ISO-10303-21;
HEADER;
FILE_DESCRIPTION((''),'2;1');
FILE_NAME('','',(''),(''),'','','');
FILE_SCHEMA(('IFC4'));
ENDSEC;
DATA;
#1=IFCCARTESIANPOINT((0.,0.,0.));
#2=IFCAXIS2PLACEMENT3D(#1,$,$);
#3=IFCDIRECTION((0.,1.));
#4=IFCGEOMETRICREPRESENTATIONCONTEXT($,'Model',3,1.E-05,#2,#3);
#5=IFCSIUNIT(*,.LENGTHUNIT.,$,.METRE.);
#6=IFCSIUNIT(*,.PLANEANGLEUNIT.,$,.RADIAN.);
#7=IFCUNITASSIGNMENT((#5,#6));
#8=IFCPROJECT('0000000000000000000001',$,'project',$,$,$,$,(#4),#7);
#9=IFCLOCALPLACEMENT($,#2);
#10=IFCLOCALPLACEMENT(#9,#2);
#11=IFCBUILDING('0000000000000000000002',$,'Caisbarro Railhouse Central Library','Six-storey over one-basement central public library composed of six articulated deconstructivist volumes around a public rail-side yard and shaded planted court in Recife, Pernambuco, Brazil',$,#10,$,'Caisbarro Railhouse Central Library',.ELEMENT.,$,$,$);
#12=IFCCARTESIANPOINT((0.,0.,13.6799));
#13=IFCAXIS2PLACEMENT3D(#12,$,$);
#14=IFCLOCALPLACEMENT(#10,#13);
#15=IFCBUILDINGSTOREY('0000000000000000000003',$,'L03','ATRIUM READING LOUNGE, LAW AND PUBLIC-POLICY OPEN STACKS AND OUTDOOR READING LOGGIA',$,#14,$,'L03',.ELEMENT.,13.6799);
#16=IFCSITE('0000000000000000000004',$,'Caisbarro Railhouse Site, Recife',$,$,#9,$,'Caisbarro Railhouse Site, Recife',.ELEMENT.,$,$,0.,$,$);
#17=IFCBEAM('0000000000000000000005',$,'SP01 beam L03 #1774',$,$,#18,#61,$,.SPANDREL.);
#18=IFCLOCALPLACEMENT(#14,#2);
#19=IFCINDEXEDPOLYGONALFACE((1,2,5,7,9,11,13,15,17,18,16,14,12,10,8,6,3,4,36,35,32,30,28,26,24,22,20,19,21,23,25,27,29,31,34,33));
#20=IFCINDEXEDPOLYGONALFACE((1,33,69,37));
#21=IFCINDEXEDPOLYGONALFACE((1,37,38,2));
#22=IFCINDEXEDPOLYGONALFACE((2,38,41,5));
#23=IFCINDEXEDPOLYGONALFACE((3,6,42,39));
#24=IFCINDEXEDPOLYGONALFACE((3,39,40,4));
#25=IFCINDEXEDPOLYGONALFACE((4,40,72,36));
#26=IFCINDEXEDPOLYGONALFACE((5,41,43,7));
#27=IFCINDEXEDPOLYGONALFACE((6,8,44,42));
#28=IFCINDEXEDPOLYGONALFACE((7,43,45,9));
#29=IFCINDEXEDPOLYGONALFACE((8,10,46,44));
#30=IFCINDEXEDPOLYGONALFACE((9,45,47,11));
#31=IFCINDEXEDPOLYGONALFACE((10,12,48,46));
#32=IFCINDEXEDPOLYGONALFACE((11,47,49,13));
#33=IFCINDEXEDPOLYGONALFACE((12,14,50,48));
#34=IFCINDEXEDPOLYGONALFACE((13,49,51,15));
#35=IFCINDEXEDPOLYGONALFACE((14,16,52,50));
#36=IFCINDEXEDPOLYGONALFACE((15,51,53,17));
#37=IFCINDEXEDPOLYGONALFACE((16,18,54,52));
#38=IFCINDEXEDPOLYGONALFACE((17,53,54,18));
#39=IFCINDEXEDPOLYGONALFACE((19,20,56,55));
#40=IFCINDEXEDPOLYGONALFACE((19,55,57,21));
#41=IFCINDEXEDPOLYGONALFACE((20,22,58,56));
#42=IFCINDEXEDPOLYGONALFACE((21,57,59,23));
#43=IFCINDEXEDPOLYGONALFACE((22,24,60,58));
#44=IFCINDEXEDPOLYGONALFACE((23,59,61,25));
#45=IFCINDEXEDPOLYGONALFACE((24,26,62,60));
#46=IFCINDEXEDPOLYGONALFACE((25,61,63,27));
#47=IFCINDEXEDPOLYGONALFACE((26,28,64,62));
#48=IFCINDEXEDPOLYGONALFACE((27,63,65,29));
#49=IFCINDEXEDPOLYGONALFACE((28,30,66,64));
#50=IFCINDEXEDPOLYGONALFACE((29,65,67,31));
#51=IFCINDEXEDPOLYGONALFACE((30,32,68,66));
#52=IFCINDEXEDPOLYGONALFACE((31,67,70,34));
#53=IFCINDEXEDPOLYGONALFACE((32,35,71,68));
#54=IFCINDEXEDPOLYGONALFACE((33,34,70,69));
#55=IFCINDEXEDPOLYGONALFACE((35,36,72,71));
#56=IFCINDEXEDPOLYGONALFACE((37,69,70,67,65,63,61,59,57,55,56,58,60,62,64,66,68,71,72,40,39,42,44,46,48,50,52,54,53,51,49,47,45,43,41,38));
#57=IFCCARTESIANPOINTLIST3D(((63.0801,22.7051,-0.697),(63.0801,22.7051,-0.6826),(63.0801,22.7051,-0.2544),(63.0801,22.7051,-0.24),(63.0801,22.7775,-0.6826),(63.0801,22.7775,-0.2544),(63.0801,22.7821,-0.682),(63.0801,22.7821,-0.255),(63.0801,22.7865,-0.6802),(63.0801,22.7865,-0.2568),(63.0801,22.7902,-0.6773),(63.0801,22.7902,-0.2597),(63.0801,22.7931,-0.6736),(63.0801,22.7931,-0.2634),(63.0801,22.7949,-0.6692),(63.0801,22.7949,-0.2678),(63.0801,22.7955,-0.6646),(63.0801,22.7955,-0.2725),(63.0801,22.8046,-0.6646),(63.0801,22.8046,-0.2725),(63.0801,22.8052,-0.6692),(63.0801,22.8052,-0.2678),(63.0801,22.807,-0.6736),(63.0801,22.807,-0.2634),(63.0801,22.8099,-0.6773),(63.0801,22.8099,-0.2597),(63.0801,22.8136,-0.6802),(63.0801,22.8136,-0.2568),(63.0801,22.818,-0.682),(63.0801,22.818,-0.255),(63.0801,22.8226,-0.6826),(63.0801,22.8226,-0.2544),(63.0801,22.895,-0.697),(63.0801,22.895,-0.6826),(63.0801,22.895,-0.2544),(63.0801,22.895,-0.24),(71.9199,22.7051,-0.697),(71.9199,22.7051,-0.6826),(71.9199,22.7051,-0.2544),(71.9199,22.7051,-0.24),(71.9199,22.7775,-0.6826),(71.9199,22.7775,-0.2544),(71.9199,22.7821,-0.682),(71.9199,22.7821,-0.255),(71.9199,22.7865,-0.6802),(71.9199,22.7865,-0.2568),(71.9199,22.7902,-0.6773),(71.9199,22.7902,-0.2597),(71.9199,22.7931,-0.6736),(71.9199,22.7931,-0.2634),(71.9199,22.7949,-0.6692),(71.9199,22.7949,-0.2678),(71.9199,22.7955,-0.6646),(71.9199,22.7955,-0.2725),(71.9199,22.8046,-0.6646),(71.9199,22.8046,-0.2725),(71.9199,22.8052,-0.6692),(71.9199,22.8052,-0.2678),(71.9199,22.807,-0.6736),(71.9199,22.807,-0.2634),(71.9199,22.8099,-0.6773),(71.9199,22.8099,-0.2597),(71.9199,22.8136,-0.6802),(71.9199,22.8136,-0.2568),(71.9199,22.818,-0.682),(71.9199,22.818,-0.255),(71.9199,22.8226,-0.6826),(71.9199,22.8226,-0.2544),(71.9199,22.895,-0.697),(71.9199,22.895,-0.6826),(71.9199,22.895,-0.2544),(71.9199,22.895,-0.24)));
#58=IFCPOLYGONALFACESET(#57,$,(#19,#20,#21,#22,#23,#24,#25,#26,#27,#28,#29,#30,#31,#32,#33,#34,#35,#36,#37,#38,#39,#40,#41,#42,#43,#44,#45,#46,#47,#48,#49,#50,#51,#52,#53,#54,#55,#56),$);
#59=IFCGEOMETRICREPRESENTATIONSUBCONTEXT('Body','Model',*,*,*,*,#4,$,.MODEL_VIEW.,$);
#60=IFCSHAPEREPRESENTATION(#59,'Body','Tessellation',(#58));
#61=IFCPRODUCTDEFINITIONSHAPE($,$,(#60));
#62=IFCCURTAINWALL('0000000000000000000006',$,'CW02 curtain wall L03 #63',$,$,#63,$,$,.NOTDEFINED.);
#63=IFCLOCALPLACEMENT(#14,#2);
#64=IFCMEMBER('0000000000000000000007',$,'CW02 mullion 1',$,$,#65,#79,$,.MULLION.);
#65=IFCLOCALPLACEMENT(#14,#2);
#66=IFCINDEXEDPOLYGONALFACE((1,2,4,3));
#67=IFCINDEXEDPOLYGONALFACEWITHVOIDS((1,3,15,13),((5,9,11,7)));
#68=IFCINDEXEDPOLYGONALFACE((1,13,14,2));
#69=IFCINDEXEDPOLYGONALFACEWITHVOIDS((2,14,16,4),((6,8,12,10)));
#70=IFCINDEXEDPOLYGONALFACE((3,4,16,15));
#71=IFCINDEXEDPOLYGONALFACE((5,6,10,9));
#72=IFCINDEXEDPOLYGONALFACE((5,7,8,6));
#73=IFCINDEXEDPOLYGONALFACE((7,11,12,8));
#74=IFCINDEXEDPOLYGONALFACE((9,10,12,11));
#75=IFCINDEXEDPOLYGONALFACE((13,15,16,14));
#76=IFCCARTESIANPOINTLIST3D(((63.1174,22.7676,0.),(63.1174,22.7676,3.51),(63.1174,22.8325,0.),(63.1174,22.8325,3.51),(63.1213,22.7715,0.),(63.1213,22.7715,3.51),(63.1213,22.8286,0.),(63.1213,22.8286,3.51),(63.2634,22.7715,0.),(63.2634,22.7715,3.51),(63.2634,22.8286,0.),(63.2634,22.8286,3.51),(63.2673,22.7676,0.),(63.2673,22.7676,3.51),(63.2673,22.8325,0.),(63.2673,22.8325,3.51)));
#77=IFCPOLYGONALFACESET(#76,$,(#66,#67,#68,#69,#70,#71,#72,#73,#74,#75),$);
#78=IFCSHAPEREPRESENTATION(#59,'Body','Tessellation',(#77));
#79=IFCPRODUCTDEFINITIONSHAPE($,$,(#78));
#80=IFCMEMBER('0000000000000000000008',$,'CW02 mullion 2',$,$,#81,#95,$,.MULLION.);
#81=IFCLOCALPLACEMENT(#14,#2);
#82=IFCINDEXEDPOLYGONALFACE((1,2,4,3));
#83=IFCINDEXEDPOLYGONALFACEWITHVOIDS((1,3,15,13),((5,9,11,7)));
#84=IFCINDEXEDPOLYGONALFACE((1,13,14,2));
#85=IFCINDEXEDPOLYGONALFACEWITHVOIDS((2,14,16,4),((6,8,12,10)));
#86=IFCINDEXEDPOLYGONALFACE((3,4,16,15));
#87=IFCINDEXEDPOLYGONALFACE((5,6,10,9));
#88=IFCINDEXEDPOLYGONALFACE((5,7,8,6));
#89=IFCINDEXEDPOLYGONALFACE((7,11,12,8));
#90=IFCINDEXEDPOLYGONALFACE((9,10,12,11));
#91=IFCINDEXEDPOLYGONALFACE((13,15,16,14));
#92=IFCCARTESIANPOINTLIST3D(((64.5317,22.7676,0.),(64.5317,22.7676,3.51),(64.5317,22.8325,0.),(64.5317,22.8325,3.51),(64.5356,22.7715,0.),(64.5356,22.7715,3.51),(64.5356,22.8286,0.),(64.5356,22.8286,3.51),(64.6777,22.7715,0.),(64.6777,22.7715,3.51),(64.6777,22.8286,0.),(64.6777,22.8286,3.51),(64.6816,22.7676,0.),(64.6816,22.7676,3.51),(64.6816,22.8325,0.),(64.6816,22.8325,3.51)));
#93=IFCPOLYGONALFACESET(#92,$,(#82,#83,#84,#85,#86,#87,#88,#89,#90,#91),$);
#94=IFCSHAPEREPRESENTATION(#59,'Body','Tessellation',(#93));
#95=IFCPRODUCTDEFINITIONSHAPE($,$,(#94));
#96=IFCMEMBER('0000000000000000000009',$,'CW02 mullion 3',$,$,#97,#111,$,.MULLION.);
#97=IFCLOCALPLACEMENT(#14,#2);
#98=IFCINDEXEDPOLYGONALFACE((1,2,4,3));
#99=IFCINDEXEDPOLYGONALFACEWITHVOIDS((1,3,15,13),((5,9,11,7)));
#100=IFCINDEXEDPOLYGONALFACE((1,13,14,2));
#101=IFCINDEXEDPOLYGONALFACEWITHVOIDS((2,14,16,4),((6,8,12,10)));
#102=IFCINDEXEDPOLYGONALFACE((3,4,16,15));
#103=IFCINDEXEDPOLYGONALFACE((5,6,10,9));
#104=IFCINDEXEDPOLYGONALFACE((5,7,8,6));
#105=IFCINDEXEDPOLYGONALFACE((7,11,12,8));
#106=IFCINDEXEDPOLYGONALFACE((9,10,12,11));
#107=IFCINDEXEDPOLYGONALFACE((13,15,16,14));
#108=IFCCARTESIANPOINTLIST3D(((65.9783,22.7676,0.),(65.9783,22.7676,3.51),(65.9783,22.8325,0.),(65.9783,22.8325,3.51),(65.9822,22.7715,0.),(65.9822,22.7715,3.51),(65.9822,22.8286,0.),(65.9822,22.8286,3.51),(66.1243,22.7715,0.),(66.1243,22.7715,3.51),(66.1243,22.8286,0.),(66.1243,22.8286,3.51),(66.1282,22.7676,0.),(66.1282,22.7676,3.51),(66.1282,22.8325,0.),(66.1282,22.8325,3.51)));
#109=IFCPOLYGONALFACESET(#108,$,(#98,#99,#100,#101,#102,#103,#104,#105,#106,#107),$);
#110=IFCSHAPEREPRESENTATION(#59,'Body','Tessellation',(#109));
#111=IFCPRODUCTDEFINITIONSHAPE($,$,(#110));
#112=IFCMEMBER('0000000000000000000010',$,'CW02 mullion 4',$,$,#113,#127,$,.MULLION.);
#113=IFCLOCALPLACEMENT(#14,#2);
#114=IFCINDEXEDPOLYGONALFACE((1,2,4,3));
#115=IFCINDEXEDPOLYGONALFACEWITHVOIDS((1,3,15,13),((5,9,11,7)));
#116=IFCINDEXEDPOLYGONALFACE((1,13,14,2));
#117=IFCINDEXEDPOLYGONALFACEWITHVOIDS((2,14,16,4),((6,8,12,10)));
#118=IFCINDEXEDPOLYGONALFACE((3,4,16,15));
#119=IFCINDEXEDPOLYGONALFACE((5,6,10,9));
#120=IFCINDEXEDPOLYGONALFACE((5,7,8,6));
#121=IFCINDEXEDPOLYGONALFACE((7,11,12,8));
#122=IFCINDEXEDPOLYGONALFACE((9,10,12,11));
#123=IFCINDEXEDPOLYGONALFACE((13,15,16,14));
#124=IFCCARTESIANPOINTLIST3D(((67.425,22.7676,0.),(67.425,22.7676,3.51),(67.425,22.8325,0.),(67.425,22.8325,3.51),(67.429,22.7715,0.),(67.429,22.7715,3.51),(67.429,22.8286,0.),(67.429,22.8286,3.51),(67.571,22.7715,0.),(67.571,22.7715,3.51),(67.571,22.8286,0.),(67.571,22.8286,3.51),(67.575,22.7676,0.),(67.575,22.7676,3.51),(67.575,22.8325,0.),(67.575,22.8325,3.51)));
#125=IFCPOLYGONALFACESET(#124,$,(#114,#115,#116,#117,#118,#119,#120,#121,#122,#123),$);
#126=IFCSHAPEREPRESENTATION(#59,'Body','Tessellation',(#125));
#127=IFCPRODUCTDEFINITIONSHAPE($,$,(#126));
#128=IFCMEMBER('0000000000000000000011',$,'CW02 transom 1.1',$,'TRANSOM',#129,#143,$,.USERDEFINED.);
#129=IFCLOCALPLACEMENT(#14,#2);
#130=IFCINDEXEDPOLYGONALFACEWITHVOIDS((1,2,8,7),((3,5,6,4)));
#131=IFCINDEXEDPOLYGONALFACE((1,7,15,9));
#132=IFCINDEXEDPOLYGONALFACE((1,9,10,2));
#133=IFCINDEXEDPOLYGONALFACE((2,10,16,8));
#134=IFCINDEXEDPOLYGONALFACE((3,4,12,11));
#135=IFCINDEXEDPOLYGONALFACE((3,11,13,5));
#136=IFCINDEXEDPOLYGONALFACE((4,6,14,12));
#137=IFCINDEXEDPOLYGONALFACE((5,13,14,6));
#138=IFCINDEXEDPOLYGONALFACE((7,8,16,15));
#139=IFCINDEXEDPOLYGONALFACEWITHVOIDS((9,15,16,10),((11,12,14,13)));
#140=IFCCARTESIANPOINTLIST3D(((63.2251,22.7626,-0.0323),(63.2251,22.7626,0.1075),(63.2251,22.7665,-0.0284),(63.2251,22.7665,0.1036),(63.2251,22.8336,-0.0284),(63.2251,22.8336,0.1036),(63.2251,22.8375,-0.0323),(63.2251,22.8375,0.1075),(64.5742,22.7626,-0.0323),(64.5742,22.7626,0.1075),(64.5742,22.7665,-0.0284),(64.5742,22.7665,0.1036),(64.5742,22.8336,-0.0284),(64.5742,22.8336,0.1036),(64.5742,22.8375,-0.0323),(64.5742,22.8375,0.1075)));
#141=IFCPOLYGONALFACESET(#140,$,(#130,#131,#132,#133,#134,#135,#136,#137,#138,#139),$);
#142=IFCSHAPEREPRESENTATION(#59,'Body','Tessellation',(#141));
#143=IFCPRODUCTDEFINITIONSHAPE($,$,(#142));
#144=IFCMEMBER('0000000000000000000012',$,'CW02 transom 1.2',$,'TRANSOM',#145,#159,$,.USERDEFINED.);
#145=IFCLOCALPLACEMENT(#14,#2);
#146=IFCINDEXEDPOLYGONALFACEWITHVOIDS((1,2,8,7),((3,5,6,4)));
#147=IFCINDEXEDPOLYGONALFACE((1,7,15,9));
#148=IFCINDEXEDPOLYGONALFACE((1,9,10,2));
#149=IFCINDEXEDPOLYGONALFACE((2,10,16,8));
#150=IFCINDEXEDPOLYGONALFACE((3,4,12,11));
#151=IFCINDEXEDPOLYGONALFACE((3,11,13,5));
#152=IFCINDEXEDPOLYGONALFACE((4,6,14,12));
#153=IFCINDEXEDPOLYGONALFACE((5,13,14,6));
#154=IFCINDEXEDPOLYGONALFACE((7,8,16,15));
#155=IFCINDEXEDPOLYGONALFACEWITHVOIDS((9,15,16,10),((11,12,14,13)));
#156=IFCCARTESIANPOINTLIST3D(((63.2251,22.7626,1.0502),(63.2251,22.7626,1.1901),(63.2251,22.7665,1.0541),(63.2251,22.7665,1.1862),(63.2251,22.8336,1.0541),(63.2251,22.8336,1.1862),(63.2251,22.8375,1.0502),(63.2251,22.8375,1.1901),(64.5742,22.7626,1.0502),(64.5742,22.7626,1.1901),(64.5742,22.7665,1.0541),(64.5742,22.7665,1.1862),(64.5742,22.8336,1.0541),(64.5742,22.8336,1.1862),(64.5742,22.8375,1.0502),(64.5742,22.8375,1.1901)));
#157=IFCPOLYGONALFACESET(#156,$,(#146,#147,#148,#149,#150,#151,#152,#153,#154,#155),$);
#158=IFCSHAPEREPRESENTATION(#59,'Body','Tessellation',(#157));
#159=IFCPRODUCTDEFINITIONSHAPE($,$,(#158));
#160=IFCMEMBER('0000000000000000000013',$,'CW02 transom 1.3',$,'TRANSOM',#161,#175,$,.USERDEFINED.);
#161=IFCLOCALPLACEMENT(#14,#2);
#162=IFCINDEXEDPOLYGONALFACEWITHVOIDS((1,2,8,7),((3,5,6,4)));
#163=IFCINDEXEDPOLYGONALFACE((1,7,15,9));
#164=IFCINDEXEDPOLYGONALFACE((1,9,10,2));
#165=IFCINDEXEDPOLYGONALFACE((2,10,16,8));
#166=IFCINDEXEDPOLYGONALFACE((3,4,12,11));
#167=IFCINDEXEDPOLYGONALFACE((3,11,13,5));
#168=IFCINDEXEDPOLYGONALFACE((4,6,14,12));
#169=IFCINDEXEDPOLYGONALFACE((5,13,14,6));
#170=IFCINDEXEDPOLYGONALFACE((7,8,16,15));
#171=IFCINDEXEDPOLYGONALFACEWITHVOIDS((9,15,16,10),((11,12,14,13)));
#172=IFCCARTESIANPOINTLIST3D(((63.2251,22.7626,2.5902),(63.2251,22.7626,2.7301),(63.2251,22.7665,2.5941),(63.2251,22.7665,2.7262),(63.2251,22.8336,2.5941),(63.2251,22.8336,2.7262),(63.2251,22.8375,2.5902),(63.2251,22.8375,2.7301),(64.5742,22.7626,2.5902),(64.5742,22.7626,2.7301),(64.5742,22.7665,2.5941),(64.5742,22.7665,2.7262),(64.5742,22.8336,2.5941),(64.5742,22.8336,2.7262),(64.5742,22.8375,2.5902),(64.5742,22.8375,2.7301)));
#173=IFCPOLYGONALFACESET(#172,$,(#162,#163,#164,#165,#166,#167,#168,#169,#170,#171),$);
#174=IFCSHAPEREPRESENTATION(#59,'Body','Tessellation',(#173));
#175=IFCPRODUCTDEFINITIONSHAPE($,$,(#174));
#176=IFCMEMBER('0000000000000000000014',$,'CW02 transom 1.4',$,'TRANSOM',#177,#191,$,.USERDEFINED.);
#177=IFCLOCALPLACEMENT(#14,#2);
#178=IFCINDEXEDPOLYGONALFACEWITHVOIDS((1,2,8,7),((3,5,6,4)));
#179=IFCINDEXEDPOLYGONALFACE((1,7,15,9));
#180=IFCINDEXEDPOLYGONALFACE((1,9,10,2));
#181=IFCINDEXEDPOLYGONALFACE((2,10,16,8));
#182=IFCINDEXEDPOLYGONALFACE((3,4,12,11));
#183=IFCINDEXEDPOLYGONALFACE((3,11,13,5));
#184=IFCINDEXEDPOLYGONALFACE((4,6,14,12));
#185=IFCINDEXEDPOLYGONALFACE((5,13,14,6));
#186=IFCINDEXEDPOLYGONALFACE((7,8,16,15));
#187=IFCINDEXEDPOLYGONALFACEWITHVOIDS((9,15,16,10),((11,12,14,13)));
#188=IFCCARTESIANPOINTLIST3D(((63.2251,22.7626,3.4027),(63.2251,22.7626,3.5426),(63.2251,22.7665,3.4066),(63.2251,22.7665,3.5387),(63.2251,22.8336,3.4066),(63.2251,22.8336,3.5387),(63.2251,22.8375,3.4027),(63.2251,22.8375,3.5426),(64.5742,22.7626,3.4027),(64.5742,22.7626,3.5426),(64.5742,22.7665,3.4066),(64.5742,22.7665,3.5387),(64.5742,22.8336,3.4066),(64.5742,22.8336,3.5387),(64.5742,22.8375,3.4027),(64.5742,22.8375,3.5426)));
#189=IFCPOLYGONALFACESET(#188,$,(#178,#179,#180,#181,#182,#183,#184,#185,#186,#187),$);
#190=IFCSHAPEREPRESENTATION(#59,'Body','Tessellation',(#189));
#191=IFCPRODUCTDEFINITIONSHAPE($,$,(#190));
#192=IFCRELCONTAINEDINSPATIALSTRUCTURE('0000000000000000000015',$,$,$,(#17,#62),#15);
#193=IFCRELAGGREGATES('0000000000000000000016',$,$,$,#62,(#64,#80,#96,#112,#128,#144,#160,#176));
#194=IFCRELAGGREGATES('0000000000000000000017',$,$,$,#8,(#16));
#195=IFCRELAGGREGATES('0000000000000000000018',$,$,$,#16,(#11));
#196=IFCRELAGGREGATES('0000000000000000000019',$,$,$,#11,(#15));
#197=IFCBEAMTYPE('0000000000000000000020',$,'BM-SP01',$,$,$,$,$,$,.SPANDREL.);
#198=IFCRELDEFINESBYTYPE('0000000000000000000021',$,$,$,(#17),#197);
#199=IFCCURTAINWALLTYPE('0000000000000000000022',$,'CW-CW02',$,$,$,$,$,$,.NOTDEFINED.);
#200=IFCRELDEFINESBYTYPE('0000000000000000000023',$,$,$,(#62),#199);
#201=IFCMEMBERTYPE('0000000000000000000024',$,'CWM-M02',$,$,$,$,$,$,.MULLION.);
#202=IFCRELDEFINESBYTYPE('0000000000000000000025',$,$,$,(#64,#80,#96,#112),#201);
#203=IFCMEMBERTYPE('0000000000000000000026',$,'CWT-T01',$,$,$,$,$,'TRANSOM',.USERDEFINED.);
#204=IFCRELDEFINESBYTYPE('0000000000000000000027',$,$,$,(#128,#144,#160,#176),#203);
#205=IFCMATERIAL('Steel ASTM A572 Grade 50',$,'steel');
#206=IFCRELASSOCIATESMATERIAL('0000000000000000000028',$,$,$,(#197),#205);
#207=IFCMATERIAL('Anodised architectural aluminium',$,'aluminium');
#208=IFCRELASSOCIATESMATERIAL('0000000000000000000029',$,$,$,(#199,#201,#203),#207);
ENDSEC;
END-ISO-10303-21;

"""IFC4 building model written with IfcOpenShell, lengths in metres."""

from ifc_helpers import new_model, si_unit, direction, frame, origin, origin_2d, place, context, subcontext, project, spatial, hollow_rectangle, i_section, extrude, material, material_profile, profile_set, type_object, element, aggregate, save


model = new_model("IFC4")

# Units and contexts
model_context = context("Model", 3, precision=1e-05, world=origin(), true_north=direction((0.0, 1.0)))
body_context = subcontext(model_context, "Body", "Model", "MODEL_VIEW")
ifc_project = project(units=[si_unit("LENGTHUNIT", "METRE"), si_unit("PLANEANGLEUNIT", "RADIAN")], contexts=[model_context])

# Site, building, storey
site_placement = place(None, origin())
site = spatial("IfcSite", under=ifc_project, at=site_placement, Name="Caisbarro Railhouse Site, Recife", LongName="Caisbarro Railhouse Site, Recife", CompositionType="ELEMENT", RefElevation=0.0)
building_placement = place(site_placement, origin())
building = spatial("IfcBuilding", under=site, at=building_placement, Name="Caisbarro Railhouse Central Library", Description="Six-storey over one-basement central public library composed of six articulated deconstructivist volumes around a public rail-side yard and shaded planted court in Recife, Pernambuco, Brazil", LongName="Caisbarro Railhouse Central Library", CompositionType="ELEMENT")
storey_placement = place(building_placement, frame((0.0, 0.0, 13.6799)))
storey = spatial("IfcBuildingStorey", under=building, at=storey_placement, Name="L03", Description="ATRIUM READING LOUNGE, LAW AND PUBLIC-POLICY OPEN STACKS AND OUTDOOR READING LOGGIA", LongName="L03", CompositionType="ELEMENT", Elevation=13.6799)

# Beam
ifc_material_1 = material(Name="Steel ASTM A572 Grade 50", Category="steel")
ifc_material_profile_1 = material_profile(ifc_material_1, i_section(OverallWidth=0.1899, OverallDepth=0.457, WebThickness=0.009, FlangeThickness=0.0144, FilletRadius=0.0181, at=origin_2d()), Name="W460X74.0")
ifc_profile_set_1 = profile_set([ifc_material_profile_1], Name="Steel ASTM A572 Grade 50")
beam_type = type_object("IfcBeamType", Name="BM-SP01", PredefinedType="SPANDREL", material=ifc_profile_set_1)
beam_placement = place(storey_placement, frame((63.0801, 22.8, -0.4685), z_axis=(1.0, 0.0, 0.0), x_axis=(0.0, 1.0, 0.0)))
element("IfcBeam", 1, at=beam_placement, inside=storey, type_object=beam_type, Name="SP01 beam L03 #1774", PredefinedType="SPANDREL", context=body_context, shape_type="SweptSolid", body=[
    extrude(i_section(OverallWidth=0.1899, OverallDepth=0.457, WebThickness=0.009, FlangeThickness=0.0144, FilletRadius=0.0181, at=origin_2d()), origin(), (0.0, 0.0, 1.0), 8.8398),
])

# Curtain wall, members
ifc_material_2 = material(Name="Anodised architectural aluminium", Category="aluminium")
curtain_wall_type = type_object("IfcCurtainWallType", Name="CW-CW02", PredefinedType="NOTDEFINED", material=ifc_material_2)
curtain_wall_placement = place(storey_placement, origin())
curtain_wall = element("IfcCurtainWall", 2, at=curtain_wall_placement, inside=storey, type_object=curtain_wall_type, Name="CW02 curtain wall L03 #63", PredefinedType="NOTDEFINED")
ifc_material_profile_2 = material_profile(ifc_material_2, hollow_rectangle(XDim=0.0649, YDim=0.1499, WallThickness=0.0039, at=origin_2d()), Name="ALU-MUL-65X150")
ifc_profile_set_2 = profile_set([ifc_material_profile_2], Name="Anodised architectural aluminium")
member_type_1 = type_object("IfcMemberType", Name="CWM-M02", PredefinedType="MULLION", material=ifc_profile_set_2)
member_1_placement = place(storey_placement, frame((63.1924, 22.8, 0.0), z_axis=(0.0, 0.0, 1.0), x_axis=(0.0, 1.0, 0.0)))
member_1 = element("IfcMember", 3, at=member_1_placement, type_object=member_type_1, Name="CW02 mullion 1", PredefinedType="MULLION", context=body_context, shape_type="SweptSolid", body=[
    extrude(hollow_rectangle(XDim=0.0649, YDim=0.1499, WallThickness=0.0039, at=origin_2d()), origin(), (0.0, 0.0, 1.0), 3.51),
])
member_2_placement = place(storey_placement, frame((64.6067, 22.8, 0.0), z_axis=(0.0, 0.0, 1.0), x_axis=(0.0, 1.0, 0.0)))
member_2 = element("IfcMember", 4, at=member_2_placement, type_object=member_type_1, Name="CW02 mullion 2", PredefinedType="MULLION", context=body_context, shape_type="SweptSolid", body=[
    extrude(hollow_rectangle(XDim=0.0649, YDim=0.1499, WallThickness=0.0039, at=origin_2d()), origin(), (0.0, 0.0, 1.0), 3.51),
])
member_3_placement = place(storey_placement, frame((66.0532, 22.8, 0.0), z_axis=(0.0, 0.0, 1.0), x_axis=(0.0, 1.0, 0.0)))
member_3 = element("IfcMember", 5, at=member_3_placement, type_object=member_type_1, Name="CW02 mullion 3", PredefinedType="MULLION", context=body_context, shape_type="SweptSolid", body=[
    extrude(hollow_rectangle(XDim=0.0649, YDim=0.1499, WallThickness=0.0039, at=origin_2d()), origin(), (0.0, 0.0, 1.0), 3.51),
])
member_4_placement = place(storey_placement, frame((67.5, 22.8, 0.0), z_axis=(0.0, 0.0, 1.0), x_axis=(0.0, 1.0, 0.0)))
member_4 = element("IfcMember", 6, at=member_4_placement, type_object=member_type_1, Name="CW02 mullion 4", PredefinedType="MULLION", context=body_context, shape_type="SweptSolid", body=[
    extrude(hollow_rectangle(XDim=0.0649, YDim=0.1499, WallThickness=0.0039, at=origin_2d()), origin(), (0.0, 0.0, 1.0), 3.51),
])
ifc_material_profile_3 = material_profile(ifc_material_2, hollow_rectangle(XDim=0.075, YDim=0.1399, WallThickness=0.0039, at=origin_2d()), Name="ALU-TRN-75X140")
ifc_profile_set_3 = profile_set([ifc_material_profile_3], Name="Anodised architectural aluminium")
member_type_2 = type_object("IfcMemberType", Name="CWT-T01", ElementType="TRANSOM", PredefinedType="USERDEFINED", material=ifc_profile_set_3)
member_5_placement = place(storey_placement, frame((63.2251, 22.8, 0.0376), z_axis=(1.0, 0.0, 0.0), x_axis=(0.0, 1.0, 0.0)))
member_5 = element("IfcMember", 7, at=member_5_placement, type_object=member_type_2, Name="CW02 transom 1.1", ObjectType="TRANSOM", PredefinedType="USERDEFINED", context=body_context, shape_type="SweptSolid", body=[
    extrude(hollow_rectangle(XDim=0.075, YDim=0.1399, WallThickness=0.0039, at=origin_2d()), origin(), (0.0, 0.0, 1.0), 1.3491),
])
member_6_placement = place(storey_placement, frame((63.2251, 22.8, 1.1201), z_axis=(1.0, 0.0, 0.0), x_axis=(0.0, 1.0, 0.0)))
member_6 = element("IfcMember", 8, at=member_6_placement, type_object=member_type_2, Name="CW02 transom 1.2", ObjectType="TRANSOM", PredefinedType="USERDEFINED", context=body_context, shape_type="SweptSolid", body=[
    extrude(hollow_rectangle(XDim=0.075, YDim=0.1399, WallThickness=0.0039, at=origin_2d()), origin(), (0.0, 0.0, 1.0), 1.3491),
])
member_7_placement = place(storey_placement, frame((63.2251, 22.8, 2.6602), z_axis=(1.0, 0.0, 0.0), x_axis=(0.0, 1.0, 0.0)))
member_7 = element("IfcMember", 9, at=member_7_placement, type_object=member_type_2, Name="CW02 transom 1.3", ObjectType="TRANSOM", PredefinedType="USERDEFINED", context=body_context, shape_type="SweptSolid", body=[
    extrude(hollow_rectangle(XDim=0.075, YDim=0.1399, WallThickness=0.0039, at=origin_2d()), origin(), (0.0, 0.0, 1.0), 1.3491),
])
member_8_placement = place(storey_placement, frame((63.2251, 22.8, 3.4727), z_axis=(1.0, 0.0, 0.0), x_axis=(0.0, 1.0, 0.0)))
member_8 = element("IfcMember", 10, at=member_8_placement, type_object=member_type_2, Name="CW02 transom 1.4", ObjectType="TRANSOM", PredefinedType="USERDEFINED", context=body_context, shape_type="SweptSolid", body=[
    extrude(hollow_rectangle(XDim=0.075, YDim=0.1399, WallThickness=0.0039, at=origin_2d()), origin(), (0.0, 0.0, 1.0), 1.3491),
])
aggregate(curtain_wall, [member_1, member_2, member_3, member_4, member_5, member_6, member_7, member_8])

save(model, "model.ifc")
